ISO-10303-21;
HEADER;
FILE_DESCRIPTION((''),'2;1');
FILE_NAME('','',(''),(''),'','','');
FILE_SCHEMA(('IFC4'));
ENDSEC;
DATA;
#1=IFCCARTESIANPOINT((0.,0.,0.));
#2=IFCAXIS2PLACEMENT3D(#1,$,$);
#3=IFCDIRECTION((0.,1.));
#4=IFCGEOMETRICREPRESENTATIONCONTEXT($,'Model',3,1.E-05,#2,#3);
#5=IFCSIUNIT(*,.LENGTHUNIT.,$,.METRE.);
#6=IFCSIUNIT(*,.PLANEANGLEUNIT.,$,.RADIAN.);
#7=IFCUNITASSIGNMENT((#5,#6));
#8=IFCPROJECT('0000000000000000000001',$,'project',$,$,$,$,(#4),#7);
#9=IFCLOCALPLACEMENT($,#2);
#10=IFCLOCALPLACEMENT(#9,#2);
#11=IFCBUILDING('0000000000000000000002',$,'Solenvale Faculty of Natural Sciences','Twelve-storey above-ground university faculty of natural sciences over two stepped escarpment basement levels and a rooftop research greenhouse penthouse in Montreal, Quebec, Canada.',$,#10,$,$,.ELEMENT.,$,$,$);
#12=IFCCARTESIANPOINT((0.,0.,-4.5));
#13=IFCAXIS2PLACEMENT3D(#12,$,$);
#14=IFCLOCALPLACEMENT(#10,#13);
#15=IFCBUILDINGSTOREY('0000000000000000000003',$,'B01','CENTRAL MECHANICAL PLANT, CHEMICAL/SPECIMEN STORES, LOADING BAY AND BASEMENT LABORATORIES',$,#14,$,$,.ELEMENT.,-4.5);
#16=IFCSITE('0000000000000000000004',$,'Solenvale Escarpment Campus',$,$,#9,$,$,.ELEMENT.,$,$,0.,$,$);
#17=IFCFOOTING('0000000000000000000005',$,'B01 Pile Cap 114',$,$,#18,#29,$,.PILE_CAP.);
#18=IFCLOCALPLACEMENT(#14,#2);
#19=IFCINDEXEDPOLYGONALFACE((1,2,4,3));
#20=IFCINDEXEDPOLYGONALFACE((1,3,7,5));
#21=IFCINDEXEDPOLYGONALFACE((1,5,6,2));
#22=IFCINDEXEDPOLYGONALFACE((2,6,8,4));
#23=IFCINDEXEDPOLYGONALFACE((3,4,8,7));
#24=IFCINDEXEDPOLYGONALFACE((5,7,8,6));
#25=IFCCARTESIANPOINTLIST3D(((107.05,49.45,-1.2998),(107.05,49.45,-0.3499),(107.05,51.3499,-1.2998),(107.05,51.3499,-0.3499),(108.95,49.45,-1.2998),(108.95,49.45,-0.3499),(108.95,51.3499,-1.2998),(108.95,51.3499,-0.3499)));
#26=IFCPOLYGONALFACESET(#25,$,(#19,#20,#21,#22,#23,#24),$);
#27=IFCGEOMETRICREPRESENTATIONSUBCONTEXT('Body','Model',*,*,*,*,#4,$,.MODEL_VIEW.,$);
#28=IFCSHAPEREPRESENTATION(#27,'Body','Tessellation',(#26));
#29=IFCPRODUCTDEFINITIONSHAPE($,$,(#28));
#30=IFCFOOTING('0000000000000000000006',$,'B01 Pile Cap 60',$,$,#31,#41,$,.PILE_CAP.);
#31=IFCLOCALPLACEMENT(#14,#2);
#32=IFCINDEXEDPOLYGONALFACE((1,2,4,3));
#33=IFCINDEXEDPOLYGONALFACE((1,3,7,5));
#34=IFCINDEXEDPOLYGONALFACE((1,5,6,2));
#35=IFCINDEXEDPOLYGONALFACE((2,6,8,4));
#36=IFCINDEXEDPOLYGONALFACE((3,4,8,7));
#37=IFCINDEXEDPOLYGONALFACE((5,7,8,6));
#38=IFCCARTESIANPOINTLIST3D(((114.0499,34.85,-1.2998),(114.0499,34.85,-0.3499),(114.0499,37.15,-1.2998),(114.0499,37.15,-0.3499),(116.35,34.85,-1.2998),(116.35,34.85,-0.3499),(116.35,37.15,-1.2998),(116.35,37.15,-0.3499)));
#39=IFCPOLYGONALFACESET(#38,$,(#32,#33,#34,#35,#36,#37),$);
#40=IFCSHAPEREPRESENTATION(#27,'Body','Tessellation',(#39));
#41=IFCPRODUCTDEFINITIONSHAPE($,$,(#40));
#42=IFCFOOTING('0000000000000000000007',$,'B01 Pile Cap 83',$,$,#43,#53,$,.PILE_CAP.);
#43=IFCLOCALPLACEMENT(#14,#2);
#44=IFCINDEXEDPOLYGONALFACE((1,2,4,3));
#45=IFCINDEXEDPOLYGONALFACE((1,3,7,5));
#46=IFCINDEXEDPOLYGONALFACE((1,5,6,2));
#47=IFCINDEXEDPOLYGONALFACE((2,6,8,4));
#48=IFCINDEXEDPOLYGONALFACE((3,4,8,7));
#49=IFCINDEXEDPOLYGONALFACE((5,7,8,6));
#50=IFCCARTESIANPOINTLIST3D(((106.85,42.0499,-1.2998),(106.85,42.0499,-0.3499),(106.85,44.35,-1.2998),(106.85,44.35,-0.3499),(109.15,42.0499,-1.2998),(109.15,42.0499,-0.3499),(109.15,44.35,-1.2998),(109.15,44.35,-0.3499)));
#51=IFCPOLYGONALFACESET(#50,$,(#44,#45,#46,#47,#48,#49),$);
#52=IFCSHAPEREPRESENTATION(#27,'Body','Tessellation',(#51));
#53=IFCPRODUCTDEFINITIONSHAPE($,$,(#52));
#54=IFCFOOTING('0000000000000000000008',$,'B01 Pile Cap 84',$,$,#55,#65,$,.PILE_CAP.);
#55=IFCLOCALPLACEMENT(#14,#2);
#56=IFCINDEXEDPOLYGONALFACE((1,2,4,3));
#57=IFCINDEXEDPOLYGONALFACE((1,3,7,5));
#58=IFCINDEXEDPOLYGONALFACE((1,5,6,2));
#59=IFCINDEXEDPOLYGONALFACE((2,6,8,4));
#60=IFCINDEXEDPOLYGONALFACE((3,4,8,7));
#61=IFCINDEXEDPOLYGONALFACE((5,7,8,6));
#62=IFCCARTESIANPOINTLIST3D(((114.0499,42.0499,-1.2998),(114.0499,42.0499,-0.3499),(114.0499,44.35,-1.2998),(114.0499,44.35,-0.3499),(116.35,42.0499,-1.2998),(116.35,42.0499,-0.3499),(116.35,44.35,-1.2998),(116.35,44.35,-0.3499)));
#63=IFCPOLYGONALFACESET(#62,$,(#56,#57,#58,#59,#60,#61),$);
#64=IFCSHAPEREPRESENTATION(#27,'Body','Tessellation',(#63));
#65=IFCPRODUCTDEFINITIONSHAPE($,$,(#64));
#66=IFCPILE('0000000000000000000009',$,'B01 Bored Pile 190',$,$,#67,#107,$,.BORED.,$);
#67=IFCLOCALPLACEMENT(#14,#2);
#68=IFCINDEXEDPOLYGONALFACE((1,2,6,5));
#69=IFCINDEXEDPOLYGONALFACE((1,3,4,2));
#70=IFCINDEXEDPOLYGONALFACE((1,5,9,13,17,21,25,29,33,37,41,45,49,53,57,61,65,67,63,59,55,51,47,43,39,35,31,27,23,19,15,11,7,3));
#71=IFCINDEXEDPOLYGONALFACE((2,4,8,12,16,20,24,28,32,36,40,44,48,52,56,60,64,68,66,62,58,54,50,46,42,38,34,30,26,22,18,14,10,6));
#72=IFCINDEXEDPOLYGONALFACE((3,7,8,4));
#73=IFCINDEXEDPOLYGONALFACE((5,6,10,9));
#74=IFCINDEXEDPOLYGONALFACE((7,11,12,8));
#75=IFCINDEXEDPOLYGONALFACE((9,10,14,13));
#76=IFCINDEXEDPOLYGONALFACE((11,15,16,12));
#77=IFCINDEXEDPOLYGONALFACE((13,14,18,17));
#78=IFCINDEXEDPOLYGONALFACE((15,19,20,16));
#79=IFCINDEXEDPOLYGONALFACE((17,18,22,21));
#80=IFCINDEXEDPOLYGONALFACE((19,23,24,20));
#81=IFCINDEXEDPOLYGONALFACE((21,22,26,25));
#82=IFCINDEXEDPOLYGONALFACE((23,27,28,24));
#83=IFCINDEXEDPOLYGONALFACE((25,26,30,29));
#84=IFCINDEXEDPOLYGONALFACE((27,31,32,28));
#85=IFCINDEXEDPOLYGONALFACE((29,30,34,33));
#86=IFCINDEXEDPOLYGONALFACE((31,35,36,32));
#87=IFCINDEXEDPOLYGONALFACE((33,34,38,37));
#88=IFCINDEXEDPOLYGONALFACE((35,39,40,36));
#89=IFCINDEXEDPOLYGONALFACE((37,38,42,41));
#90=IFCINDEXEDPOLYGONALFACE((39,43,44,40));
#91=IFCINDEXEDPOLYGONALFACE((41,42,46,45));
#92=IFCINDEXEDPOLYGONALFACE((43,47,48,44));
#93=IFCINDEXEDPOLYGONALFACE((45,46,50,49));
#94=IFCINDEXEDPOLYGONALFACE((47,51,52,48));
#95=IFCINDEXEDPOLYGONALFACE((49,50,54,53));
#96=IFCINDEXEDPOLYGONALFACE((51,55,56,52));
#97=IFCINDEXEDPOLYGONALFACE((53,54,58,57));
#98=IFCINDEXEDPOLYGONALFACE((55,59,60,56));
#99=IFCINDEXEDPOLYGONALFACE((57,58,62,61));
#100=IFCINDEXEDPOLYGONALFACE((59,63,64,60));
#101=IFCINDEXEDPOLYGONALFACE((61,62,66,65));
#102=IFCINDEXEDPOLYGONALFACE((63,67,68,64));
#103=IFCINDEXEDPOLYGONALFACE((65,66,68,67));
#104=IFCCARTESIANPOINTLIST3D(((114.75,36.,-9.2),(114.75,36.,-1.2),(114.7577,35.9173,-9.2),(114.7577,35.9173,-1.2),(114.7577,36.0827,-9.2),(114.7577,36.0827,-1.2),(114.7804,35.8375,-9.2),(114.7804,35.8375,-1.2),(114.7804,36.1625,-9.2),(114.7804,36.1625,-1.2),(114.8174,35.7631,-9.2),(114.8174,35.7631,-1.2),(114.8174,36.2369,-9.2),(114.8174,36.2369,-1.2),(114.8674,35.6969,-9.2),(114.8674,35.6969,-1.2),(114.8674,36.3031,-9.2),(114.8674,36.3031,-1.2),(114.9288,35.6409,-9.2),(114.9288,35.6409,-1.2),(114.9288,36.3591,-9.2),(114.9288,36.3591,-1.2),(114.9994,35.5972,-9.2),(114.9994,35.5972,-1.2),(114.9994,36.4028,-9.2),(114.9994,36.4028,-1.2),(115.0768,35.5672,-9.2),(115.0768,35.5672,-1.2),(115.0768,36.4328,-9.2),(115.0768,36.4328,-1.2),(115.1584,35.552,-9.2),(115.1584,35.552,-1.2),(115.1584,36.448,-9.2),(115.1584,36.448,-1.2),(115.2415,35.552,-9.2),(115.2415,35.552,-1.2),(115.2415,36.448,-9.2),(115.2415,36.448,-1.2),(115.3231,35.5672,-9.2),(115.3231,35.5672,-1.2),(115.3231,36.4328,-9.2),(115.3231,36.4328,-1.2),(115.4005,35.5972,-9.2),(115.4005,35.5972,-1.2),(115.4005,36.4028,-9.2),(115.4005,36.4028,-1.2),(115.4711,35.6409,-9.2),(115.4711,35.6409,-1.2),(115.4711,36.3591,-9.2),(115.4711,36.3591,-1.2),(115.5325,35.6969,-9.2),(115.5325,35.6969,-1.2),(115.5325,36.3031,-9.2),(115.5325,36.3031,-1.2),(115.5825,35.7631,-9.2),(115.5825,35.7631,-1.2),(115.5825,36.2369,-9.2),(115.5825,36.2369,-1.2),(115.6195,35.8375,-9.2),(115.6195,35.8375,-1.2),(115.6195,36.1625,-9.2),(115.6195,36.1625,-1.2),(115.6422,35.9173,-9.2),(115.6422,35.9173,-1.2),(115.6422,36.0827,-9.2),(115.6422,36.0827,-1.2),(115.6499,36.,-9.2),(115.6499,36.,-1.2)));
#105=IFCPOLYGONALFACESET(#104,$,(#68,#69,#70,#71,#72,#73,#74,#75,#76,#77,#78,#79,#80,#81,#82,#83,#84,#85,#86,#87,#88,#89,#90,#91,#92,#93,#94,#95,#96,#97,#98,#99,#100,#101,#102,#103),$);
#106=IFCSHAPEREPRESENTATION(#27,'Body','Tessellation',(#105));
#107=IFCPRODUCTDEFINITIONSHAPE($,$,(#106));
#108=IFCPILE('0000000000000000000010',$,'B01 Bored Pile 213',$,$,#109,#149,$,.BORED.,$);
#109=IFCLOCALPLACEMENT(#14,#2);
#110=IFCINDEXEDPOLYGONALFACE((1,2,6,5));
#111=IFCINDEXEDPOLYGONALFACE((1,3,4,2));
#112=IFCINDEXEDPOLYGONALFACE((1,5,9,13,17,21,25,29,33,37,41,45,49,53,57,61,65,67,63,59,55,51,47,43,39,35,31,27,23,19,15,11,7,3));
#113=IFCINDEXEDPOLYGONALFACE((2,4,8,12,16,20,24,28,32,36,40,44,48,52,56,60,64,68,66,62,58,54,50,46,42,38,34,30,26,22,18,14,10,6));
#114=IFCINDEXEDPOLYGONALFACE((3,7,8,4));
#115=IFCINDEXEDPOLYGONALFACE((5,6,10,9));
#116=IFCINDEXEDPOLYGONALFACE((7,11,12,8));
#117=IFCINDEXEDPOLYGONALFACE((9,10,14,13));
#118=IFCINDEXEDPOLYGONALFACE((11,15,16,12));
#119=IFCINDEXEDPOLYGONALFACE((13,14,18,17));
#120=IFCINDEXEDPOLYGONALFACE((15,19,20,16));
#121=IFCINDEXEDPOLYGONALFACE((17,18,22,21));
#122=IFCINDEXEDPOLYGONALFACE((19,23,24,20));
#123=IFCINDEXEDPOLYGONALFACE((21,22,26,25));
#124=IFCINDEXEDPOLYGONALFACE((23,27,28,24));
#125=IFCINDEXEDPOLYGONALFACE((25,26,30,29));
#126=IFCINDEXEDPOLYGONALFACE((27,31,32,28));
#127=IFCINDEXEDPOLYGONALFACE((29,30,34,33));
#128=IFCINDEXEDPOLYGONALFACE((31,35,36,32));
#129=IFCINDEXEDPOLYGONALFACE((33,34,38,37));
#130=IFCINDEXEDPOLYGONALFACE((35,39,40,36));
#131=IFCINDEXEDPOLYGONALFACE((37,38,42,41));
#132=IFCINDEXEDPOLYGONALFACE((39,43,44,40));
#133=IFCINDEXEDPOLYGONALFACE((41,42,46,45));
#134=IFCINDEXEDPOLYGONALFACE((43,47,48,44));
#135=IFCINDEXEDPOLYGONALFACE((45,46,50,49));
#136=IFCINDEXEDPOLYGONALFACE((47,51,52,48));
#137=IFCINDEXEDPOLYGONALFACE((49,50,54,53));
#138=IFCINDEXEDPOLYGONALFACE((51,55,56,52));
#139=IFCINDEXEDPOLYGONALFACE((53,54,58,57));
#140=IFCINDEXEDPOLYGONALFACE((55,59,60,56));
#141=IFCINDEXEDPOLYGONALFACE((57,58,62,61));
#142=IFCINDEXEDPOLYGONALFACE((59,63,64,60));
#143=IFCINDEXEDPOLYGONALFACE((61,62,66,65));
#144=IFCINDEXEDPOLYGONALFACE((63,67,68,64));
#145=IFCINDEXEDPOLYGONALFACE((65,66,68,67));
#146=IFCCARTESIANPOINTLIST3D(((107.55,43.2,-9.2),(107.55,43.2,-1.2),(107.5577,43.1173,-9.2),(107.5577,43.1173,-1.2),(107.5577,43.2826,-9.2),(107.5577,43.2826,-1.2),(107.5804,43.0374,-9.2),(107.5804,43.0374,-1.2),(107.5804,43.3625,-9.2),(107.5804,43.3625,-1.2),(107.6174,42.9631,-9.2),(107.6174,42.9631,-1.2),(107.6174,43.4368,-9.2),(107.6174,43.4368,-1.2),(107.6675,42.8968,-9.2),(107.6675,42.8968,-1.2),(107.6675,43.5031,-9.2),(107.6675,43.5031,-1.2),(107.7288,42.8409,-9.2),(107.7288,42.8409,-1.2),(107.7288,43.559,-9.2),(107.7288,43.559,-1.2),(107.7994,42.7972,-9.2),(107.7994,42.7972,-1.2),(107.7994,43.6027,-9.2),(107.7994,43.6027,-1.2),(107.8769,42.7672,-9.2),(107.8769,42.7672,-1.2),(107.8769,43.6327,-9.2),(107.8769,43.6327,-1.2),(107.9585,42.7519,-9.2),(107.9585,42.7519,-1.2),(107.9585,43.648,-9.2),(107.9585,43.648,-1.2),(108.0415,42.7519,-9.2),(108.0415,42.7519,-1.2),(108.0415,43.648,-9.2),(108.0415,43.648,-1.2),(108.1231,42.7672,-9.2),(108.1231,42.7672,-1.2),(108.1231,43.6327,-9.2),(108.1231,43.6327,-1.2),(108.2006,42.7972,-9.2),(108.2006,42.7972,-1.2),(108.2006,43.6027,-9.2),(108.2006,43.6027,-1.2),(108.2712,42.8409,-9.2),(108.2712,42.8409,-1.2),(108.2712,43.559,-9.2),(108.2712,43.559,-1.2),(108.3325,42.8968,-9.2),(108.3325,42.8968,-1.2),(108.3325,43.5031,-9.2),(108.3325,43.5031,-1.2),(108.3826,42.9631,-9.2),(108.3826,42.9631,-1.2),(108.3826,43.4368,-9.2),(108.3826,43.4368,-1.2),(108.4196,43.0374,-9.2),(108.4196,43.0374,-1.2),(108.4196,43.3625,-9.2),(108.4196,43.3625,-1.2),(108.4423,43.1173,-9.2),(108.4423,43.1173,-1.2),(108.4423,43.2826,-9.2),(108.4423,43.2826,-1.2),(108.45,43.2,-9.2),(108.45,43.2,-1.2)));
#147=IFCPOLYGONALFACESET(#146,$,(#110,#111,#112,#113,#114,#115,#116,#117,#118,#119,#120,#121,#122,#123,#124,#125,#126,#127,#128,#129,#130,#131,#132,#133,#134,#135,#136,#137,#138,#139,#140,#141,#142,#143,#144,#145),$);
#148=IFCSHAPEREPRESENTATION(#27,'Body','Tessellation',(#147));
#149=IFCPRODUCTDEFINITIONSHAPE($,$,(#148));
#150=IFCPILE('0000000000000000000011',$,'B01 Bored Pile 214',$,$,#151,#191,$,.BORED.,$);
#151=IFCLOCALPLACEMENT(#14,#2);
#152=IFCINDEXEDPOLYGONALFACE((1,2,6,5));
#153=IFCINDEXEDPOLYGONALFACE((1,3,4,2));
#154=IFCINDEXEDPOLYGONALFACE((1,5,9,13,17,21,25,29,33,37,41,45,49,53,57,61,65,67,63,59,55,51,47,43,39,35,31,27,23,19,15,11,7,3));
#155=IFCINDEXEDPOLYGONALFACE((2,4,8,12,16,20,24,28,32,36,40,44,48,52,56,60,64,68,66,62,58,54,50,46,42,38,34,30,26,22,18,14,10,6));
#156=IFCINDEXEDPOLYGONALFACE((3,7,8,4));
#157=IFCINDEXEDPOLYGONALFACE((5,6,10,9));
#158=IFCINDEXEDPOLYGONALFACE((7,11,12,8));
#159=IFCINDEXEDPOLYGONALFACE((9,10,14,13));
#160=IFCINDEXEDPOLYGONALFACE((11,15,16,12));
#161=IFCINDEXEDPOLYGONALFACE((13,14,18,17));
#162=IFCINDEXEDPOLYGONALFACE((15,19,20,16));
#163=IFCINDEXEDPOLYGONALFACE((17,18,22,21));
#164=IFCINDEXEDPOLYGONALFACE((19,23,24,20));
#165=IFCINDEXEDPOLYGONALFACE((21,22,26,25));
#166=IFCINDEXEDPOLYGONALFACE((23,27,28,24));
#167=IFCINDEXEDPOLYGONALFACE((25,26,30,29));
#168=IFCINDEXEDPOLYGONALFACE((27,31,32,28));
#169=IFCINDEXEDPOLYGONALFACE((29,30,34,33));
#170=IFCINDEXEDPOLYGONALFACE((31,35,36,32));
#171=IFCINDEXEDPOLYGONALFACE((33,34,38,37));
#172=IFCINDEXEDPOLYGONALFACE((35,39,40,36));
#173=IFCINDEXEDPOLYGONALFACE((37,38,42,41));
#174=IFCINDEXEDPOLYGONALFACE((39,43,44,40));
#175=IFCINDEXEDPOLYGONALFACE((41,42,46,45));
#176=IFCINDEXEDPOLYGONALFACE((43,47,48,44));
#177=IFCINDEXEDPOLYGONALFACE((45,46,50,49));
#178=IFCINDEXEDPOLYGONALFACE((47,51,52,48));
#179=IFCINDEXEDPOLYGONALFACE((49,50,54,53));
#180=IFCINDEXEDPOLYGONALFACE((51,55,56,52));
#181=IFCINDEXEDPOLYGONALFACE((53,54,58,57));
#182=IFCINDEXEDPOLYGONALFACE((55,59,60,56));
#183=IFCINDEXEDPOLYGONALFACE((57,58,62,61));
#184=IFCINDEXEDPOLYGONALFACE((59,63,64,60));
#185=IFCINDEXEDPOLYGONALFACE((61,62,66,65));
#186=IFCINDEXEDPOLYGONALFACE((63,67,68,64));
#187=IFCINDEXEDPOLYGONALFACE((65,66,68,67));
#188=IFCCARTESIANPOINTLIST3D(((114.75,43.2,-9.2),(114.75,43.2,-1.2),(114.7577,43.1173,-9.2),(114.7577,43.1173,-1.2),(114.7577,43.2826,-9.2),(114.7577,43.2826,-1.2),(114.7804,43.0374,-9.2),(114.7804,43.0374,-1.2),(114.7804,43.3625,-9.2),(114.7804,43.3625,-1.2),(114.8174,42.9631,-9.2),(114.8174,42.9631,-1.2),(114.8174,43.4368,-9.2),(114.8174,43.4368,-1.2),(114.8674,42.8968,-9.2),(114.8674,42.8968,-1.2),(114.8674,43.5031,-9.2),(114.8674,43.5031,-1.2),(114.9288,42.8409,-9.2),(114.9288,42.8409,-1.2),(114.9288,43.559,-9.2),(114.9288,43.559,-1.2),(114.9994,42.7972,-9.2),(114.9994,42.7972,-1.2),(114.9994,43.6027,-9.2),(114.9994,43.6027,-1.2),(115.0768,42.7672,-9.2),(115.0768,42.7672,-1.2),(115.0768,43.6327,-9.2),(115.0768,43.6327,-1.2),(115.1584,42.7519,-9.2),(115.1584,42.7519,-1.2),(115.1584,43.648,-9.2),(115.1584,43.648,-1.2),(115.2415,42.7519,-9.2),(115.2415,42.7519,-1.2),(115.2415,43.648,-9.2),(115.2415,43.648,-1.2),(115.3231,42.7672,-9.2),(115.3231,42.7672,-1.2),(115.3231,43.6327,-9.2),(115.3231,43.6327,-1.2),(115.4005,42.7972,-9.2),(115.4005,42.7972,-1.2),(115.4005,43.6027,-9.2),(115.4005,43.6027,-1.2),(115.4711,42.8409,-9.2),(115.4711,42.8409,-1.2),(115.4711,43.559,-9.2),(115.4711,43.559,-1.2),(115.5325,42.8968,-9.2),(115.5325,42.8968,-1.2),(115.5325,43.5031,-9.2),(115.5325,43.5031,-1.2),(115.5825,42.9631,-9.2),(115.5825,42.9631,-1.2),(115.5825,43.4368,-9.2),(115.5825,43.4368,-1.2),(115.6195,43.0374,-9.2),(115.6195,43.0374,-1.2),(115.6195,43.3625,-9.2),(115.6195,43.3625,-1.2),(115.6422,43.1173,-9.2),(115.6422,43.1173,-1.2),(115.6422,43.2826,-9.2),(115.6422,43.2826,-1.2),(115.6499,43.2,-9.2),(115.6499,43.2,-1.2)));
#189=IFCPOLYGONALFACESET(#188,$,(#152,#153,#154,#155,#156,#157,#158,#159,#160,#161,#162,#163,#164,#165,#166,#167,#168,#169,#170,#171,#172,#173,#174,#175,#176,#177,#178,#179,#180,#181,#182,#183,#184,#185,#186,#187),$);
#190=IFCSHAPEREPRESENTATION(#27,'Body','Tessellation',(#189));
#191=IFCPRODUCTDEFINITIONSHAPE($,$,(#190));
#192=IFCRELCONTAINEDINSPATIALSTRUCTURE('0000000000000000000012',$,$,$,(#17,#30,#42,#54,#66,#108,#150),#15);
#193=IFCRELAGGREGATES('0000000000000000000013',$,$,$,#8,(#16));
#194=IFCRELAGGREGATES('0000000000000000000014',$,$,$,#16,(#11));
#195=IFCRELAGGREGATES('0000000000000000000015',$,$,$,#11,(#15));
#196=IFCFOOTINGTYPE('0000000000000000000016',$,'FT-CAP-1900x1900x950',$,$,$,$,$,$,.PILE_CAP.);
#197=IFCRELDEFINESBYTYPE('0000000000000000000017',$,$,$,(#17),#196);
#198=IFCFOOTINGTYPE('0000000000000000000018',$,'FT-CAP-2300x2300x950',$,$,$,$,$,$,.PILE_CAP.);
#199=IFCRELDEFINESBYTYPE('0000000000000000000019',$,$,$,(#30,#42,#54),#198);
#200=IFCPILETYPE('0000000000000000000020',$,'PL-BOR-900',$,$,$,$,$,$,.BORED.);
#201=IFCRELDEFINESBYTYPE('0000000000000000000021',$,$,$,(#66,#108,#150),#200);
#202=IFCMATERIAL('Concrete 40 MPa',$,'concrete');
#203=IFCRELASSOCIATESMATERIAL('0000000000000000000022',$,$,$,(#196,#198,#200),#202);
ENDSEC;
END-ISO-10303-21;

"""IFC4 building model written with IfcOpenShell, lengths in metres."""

from ifc_helpers import new_model, si_unit, direction, frame, origin, origin_2d, place, context, subcontext, project, spatial, rectangle, circle, extrude, material, material_profile, profile_set, type_object, element, save


model = new_model("IFC4")

# Units and contexts
model_context = context("Model", 3, precision=1e-05, world=origin(), true_north=direction((0.0, 1.0)))
body_context = subcontext(model_context, "Body", "Model", "MODEL_VIEW")
ifc_project = project(units=[si_unit("LENGTHUNIT", "METRE"), si_unit("PLANEANGLEUNIT", "RADIAN")], contexts=[model_context])

# Site, building, storey
site_placement = place(None, origin())
site = spatial("IfcSite", under=ifc_project, at=site_placement, Name="Solenvale Escarpment Campus", CompositionType="ELEMENT", RefElevation=0.0)
building_placement = place(site_placement, origin())
building = spatial("IfcBuilding", under=site, at=building_placement, Name="Solenvale Faculty of Natural Sciences", Description="Twelve-storey above-ground university faculty of natural sciences over two stepped escarpment basement levels and a rooftop research greenhouse penthouse in Montreal, Quebec, Canada.", CompositionType="ELEMENT")
storey_placement = place(building_placement, frame((0.0, 0.0, -4.5)))
storey = spatial("IfcBuildingStorey", under=building, at=storey_placement, Name="B01", Description="CENTRAL MECHANICAL PLANT, CHEMICAL/SPECIMEN STORES, LOADING BAY AND BASEMENT LABORATORIES", CompositionType="ELEMENT", Elevation=-4.5)

# Footings
ifc_material_1 = material(Name="Concrete 40 MPa", Category="concrete")
footing_type_1 = type_object("IfcFootingType", Name="FT-CAP-1900x1900x950", PredefinedType="PILE_CAP", material=ifc_material_1)
footing_placement = place(storey_placement, frame((108.0, 50.3999, -1.2998), z_axis=(0.0, 0.0, 1.0), x_axis=(1.0, 0.0, 0.0)))
element("IfcFooting", 1, at=footing_placement, inside=storey, type_object=footing_type_1, Name="B01 Pile Cap 114", PredefinedType="PILE_CAP", context=body_context, shape_type="SweptSolid", body=[
    extrude(rectangle(XDim=1.8999, YDim=1.8999, at=origin_2d()), origin(), (0.0, 0.0, 1.0), 0.95),
])
footing_type_2 = type_object("IfcFootingType", Name="FT-CAP-2300x2300x950", PredefinedType="PILE_CAP", material=ifc_material_1)
for number, where, z_axis, x_axis, name in (
    (2, (115.2, 36.0, -1.2998), (0.0, 0.0, 1.0), (1.0, 0.0, 0.0), "B01 Pile Cap 60"),
    (3, (108.0, 43.2, -1.2998), (0.0, 0.0, 1.0), (1.0, 0.0, 0.0), "B01 Pile Cap 83"),
    (4, (115.2, 43.2, -1.2998), (0.0, 0.0, 1.0), (1.0, 0.0, 0.0), "B01 Pile Cap 84"),
):
    element("IfcFooting", number, at=place(storey_placement, frame(where, z_axis=z_axis, x_axis=x_axis)), inside=storey, type_object=footing_type_2, Name=name, PredefinedType="PILE_CAP", context=body_context, shape_type="SweptSolid", body=[
        extrude(rectangle(XDim=2.3, YDim=2.3, at=origin_2d()), origin(), (0.0, 0.0, 1.0), 0.95),
    ])

# Piles
ifc_material_profile_1 = material_profile(ifc_material_1, circle(Radius=0.45, at=origin_2d()), Name="PILE-D900")
ifc_profile_set_1 = profile_set([ifc_material_profile_1], Name="Concrete 40 MPa")
pile_type = type_object("IfcPileType", Name="PL-BOR-900", PredefinedType="BORED", material=ifc_profile_set_1)
for number, where, z_axis, x_axis, name in (
    (5, (115.2, 36.0, -1.2), (0.0, 0.0, -1.0), (1.0, 0.0, 0.0), "B01 Bored Pile 190"),
    (6, (108.0, 43.2, -1.2), (0.0, 0.0, -1.0), (1.0, 0.0, 0.0), "B01 Bored Pile 213"),
    (7, (115.2, 43.2, -1.2), (0.0, 0.0, -1.0), (1.0, 0.0, 0.0), "B01 Bored Pile 214"),
):
    element("IfcPile", number, at=place(storey_placement, frame(where, z_axis=z_axis, x_axis=x_axis)), inside=storey, type_object=pile_type, Name=name, PredefinedType="BORED", context=body_context, shape_type="SweptSolid", body=[
        extrude(circle(Radius=0.45, at=origin_2d()), origin(), (0.0, 0.0, 1.0), 8.0),
    ])

save(model, "model.ifc")
